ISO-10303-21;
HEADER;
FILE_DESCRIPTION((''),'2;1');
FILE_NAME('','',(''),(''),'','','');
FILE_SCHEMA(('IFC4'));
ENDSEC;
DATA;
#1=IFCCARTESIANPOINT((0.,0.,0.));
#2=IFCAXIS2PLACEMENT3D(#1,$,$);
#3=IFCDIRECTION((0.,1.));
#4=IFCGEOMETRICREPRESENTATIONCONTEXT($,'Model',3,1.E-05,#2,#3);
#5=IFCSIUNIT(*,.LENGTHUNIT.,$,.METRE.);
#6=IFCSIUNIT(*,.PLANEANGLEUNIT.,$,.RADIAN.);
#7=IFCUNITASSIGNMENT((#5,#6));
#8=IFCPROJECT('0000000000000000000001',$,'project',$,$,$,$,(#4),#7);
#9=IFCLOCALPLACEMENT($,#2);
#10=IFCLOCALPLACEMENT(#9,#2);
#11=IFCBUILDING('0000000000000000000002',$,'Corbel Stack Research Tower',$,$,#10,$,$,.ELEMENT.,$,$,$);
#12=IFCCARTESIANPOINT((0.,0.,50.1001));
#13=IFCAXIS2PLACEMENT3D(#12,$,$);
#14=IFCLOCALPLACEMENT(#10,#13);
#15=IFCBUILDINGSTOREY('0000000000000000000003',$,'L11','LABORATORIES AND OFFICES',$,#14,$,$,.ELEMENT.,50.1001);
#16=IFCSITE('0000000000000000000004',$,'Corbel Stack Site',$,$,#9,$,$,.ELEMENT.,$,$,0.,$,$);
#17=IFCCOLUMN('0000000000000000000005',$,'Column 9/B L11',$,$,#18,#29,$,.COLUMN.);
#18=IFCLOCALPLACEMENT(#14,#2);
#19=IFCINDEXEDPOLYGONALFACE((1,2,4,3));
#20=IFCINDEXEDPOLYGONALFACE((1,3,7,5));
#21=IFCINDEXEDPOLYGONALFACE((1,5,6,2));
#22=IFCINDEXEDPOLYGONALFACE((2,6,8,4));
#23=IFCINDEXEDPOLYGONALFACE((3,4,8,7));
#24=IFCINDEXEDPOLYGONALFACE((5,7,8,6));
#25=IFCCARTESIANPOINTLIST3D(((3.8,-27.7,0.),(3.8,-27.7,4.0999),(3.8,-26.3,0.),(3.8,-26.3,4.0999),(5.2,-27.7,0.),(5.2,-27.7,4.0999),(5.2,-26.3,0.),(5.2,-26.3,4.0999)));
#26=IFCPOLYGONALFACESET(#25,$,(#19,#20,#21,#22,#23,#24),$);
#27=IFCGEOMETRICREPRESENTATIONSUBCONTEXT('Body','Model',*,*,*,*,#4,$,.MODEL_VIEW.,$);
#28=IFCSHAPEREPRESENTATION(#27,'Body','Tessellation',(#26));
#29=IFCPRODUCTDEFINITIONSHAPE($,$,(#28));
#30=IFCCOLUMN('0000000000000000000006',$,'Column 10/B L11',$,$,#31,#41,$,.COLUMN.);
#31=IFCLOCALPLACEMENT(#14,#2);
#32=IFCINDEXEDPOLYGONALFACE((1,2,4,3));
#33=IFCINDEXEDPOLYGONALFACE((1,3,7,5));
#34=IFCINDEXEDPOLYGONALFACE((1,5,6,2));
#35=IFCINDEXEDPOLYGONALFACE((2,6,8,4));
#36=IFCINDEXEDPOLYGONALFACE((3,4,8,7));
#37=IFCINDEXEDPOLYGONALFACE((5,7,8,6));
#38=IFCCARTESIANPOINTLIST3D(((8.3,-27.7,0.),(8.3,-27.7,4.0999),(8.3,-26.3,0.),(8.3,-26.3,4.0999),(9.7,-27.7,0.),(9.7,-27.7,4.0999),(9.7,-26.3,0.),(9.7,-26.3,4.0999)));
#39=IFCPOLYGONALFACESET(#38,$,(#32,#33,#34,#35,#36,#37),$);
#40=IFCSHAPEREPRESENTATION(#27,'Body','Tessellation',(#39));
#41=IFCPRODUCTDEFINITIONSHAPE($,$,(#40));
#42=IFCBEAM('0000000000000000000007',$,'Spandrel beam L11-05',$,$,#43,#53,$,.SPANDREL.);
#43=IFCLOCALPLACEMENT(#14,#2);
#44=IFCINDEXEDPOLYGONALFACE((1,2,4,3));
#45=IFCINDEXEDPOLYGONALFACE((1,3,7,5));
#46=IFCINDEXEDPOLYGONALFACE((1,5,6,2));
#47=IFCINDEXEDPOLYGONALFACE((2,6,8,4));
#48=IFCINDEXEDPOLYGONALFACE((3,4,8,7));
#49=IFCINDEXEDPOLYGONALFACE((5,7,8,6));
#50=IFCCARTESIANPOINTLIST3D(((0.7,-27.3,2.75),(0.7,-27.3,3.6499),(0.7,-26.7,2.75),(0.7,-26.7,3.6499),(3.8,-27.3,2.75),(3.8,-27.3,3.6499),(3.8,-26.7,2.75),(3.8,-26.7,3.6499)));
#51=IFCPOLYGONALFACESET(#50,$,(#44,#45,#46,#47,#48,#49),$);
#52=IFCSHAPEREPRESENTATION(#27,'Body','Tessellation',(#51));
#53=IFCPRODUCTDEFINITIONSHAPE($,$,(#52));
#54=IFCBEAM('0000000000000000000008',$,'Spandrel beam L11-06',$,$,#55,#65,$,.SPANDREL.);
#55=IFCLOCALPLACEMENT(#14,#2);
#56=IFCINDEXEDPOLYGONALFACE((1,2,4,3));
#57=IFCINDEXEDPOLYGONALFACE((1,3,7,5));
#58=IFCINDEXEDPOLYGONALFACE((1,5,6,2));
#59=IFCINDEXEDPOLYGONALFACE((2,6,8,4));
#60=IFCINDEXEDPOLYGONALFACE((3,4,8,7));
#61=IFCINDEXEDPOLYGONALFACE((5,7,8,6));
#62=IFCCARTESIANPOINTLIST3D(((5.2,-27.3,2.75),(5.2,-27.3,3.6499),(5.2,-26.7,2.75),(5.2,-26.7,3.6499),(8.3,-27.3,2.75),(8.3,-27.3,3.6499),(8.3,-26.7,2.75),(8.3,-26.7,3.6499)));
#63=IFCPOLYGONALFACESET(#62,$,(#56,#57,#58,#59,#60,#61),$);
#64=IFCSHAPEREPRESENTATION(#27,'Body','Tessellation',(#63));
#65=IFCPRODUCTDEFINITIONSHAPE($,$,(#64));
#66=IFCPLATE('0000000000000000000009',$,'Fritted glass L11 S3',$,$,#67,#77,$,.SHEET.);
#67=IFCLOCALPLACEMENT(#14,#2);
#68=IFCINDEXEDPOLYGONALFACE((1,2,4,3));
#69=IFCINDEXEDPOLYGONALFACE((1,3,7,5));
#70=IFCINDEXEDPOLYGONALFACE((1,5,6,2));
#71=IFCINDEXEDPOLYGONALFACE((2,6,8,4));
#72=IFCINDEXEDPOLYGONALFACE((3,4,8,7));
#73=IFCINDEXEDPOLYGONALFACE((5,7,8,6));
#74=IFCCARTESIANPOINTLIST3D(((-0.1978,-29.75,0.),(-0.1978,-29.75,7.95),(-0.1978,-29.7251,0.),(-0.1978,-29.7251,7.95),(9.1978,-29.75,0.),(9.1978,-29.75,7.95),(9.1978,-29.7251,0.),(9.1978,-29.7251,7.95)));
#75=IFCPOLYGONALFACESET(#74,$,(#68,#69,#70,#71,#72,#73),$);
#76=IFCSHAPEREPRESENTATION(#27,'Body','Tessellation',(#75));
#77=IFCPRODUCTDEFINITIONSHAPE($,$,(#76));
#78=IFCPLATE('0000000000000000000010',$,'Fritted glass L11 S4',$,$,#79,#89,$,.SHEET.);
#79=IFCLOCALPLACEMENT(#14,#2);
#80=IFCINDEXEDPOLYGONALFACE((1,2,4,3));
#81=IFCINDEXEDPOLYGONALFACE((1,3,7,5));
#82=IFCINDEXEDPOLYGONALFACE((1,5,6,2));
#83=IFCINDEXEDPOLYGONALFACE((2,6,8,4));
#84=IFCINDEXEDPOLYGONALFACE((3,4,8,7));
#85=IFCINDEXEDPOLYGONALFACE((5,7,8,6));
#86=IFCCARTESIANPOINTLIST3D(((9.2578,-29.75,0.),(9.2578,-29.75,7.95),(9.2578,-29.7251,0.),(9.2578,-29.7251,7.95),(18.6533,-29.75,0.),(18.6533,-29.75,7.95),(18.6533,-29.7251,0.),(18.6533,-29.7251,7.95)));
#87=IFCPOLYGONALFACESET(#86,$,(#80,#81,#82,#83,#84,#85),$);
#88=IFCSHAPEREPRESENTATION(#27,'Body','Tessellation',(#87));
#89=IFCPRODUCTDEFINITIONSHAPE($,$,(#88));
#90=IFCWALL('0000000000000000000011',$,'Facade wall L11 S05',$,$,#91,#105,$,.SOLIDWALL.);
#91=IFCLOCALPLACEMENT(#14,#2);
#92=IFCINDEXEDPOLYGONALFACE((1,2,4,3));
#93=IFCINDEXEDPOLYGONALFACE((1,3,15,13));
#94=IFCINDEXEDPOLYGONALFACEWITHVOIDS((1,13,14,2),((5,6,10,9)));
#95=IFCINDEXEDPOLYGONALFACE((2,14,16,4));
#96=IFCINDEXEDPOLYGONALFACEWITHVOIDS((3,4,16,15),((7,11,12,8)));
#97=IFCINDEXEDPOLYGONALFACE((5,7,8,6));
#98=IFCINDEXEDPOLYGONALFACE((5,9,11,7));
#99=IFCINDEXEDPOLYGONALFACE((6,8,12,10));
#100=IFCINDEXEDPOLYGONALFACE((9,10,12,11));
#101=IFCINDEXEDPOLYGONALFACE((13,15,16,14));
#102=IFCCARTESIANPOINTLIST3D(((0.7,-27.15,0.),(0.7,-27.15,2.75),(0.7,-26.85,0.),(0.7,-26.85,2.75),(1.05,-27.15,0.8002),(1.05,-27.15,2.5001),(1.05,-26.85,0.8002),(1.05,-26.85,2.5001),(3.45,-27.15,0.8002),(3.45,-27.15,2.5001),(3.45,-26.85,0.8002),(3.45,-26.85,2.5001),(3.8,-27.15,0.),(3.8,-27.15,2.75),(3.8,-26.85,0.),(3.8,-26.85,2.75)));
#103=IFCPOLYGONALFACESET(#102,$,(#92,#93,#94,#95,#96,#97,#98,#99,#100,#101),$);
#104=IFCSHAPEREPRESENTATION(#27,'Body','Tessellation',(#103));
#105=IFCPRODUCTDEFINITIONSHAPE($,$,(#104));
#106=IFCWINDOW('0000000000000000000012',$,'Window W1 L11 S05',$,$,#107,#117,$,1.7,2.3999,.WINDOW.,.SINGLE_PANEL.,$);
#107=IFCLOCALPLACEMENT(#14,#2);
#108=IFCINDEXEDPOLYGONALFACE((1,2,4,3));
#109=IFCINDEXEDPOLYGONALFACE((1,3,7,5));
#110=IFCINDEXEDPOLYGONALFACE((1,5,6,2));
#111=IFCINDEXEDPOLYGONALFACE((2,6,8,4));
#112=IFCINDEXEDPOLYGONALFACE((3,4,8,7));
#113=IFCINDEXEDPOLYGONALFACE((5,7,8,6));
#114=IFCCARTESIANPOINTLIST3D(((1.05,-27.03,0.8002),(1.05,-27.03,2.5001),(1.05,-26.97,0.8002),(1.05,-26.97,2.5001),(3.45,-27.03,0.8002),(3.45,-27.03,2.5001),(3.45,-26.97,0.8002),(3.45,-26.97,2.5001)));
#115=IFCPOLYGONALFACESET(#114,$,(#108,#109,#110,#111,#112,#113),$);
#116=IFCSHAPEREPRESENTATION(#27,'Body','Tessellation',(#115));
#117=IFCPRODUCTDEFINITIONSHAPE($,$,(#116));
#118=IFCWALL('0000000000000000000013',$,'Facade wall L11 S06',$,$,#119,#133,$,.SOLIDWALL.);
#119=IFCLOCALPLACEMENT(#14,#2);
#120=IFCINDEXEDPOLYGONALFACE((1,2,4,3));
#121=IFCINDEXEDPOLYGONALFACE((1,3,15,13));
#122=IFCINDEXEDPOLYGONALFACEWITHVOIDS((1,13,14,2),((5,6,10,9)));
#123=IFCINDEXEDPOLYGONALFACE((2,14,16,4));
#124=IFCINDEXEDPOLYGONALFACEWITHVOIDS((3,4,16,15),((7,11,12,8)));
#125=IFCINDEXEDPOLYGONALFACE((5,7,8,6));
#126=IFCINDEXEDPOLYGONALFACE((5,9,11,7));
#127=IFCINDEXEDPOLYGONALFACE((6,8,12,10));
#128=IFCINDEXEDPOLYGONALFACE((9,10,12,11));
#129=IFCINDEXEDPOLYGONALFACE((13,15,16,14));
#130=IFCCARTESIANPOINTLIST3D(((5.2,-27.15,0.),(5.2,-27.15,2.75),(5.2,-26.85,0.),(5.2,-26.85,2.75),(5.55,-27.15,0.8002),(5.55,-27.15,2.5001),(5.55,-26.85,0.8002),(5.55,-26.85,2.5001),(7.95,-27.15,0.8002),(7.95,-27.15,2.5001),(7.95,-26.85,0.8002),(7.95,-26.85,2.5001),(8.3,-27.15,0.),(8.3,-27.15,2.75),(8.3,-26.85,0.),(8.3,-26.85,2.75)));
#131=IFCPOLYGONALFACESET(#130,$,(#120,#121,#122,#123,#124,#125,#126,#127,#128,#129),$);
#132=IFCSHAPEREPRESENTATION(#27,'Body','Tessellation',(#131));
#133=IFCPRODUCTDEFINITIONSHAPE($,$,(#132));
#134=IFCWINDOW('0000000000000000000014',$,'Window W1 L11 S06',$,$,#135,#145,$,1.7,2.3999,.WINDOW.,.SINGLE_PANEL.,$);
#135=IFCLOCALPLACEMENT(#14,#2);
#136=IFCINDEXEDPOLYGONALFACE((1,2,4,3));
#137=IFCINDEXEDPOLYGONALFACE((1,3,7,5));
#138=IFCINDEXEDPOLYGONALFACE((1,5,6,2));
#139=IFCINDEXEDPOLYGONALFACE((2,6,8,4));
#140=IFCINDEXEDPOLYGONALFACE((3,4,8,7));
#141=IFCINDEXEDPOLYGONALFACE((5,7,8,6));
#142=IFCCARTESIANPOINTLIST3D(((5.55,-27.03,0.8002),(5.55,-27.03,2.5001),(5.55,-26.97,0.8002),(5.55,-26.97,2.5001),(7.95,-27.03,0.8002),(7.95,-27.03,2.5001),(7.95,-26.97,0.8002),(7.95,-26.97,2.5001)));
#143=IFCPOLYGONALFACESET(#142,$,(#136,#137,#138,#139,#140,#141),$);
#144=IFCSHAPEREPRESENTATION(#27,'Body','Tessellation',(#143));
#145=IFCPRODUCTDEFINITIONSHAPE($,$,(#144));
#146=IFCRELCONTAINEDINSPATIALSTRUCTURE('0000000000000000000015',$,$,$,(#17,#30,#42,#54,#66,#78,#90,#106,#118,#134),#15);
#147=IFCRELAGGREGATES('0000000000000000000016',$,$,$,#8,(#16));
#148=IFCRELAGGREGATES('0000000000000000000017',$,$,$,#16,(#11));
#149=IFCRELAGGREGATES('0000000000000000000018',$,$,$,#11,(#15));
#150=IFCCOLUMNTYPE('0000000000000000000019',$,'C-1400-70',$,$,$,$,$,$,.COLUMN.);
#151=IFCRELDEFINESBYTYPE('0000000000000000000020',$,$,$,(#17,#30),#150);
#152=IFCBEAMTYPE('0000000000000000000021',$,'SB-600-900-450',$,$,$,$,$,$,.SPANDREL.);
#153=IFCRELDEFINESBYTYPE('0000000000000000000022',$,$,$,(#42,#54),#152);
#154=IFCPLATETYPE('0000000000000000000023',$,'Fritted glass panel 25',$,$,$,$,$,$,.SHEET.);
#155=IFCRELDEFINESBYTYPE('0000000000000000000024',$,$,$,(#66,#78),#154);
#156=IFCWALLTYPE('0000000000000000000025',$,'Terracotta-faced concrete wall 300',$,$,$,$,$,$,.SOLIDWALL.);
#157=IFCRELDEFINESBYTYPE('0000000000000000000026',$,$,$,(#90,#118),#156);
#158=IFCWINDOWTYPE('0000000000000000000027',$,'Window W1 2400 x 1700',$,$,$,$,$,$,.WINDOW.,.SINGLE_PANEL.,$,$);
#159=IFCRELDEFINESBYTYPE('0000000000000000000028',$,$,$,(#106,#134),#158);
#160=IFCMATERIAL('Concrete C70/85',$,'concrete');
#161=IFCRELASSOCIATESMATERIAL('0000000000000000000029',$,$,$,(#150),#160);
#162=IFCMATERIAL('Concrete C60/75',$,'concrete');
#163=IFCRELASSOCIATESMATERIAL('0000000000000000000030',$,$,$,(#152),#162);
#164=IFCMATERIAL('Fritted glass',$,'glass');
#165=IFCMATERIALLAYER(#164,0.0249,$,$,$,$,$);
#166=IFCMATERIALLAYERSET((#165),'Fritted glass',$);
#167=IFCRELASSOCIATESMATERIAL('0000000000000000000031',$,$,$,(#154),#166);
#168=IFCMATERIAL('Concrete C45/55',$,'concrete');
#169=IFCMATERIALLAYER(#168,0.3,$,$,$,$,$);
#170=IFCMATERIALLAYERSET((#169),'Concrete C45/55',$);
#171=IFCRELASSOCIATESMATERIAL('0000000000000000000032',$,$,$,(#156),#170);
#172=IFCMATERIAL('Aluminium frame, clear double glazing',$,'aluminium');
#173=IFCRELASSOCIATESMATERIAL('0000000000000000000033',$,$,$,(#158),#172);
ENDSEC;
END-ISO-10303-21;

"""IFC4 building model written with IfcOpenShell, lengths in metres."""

from ifc_helpers import new_model, si_unit, direction, frame, frame_2d, origin, origin_2d, place, context, subcontext, project, spatial, rectangle, extrude, material, layer, layer_set, material_profile, profile_set, type_object, element, fill, save


model = new_model("IFC4")

# Units and contexts
model_context = context("Model", 3, precision=1e-05, world=origin(), true_north=direction((0.0, 1.0)))
body_context = subcontext(model_context, "Body", "Model", "MODEL_VIEW")
ifc_project = project(units=[si_unit("LENGTHUNIT", "METRE"), si_unit("PLANEANGLEUNIT", "RADIAN")], contexts=[model_context])

# Site, building, storey
site_placement = place(None, origin())
site = spatial("IfcSite", under=ifc_project, at=site_placement, Name="Corbel Stack Site", CompositionType="ELEMENT", RefElevation=0.0)
building_placement = place(site_placement, origin())
building = spatial("IfcBuilding", under=site, at=building_placement, Name="Corbel Stack Research Tower", CompositionType="ELEMENT")
storey_placement = place(building_placement, frame((0.0, 0.0, 50.1001)))
storey = spatial("IfcBuildingStorey", under=building, at=storey_placement, Name="L11", Description="LABORATORIES AND OFFICES", CompositionType="ELEMENT", Elevation=50.1001)

# Columns
ifc_material_1 = material(Name="Concrete C70/85", Category="concrete")
ifc_material_profile_1 = material_profile(ifc_material_1, rectangle(XDim=1.3999, YDim=1.3999, at=origin_2d()), Name="RC 1400 x 1400")
ifc_profile_set_1 = profile_set([ifc_material_profile_1], Name="Concrete C70/85")
column_type = type_object("IfcColumnType", Name="C-1400-70", PredefinedType="COLUMN", material=ifc_profile_set_1)
for number, where, z_axis, x_axis, name in (
    (1, (4.5, -27.0, 0.0), (0.0, 0.0, 1.0), (1.0, 0.0, 0.0), "Column 9/B L11"),
    (2, (9.0, -27.0, 0.0), (0.0, 0.0, 1.0), (1.0, 0.0, 0.0), "Column 10/B L11"),
):
    element("IfcColumn", number, at=place(storey_placement, frame(where, z_axis=z_axis, x_axis=x_axis)), inside=storey, type_object=column_type, Name=name, PredefinedType="COLUMN", context=body_context, shape_type="SweptSolid", body=[
        extrude(rectangle(XDim=1.3999, YDim=1.3999, at=origin_2d()), origin(), (0.0, 0.0, 1.0), 4.0999),
    ])

# Beams
ifc_material_2 = material(Name="Concrete C60/75", Category="concrete")
ifc_material_profile_2 = material_profile(ifc_material_2, rectangle(XDim=0.6001, YDim=0.8999, at=origin_2d()), Name="RC 600 x 900")
ifc_profile_set_2 = profile_set([ifc_material_profile_2], Name="Concrete C60/75")
beam_type = type_object("IfcBeamType", Name="SB-600-900-450", PredefinedType="SPANDREL", material=ifc_profile_set_2)
for number, where, z_axis, x_axis, name in (
    (3, (0.7, -27.0, 3.2), (1.0, 0.0, 0.0), (0.0, 1.0, 0.0), "Spandrel beam L11-05"),
    (4, (5.2, -27.0, 3.2), (1.0, 0.0, 0.0), (0.0, 1.0, 0.0), "Spandrel beam L11-06"),
):
    element("IfcBeam", number, at=place(storey_placement, frame(where, z_axis=z_axis, x_axis=x_axis)), inside=storey, type_object=beam_type, Name=name, PredefinedType="SPANDREL", context=body_context, shape_type="SweptSolid", body=[
        extrude(rectangle(XDim=0.6001, YDim=0.8999, at=origin_2d()), origin(), (0.0, 0.0, 1.0), 3.1001),
    ])

# Plates
ifc_material_3 = material(Name="Fritted glass", Category="glass")
ifc_layer_1 = layer(ifc_material_3, 0.0249)
ifc_layer_set_1 = layer_set([ifc_layer_1], Name="Fritted glass")
plate_type = type_object("IfcPlateType", Name="Fritted glass panel 25", PredefinedType="SHEET", material=ifc_layer_set_1)
for number, where, z_axis, x_axis, name in (
    (5, (4.5, -29.7375, 0.0), (0.0, 0.0, 1.0), (1.0, 0.0, 0.0), "Fritted glass L11 S3"),
    (6, (13.9556, -29.7375, 0.0), (0.0, 0.0, 1.0), (1.0, 0.0, 0.0), "Fritted glass L11 S4"),
):
    element("IfcPlate", number, at=place(storey_placement, frame(where, z_axis=z_axis, x_axis=x_axis)), inside=storey, type_object=plate_type, Name=name, PredefinedType="SHEET", context=body_context, shape_type="SweptSolid", body=[
        extrude(rectangle(XDim=9.3955, YDim=0.0249, at=origin_2d()), origin(), (0.0, 0.0, 1.0), 7.95),
    ])

# Walls, openings, windows
ifc_material_4 = material(Name="Concrete C45/55", Category="concrete")
ifc_layer_2 = layer(ifc_material_4, 0.3)
ifc_layer_set_2 = layer_set([ifc_layer_2], Name="Concrete C45/55")
wall_type = type_object("IfcWallType", Name="Terracotta-faced concrete wall 300", PredefinedType="SOLIDWALL", material=ifc_layer_set_2)
wall_1_placement = place(storey_placement, frame((3.8, -27.0, 0.0), z_axis=(0.0, 0.0, 1.0), x_axis=(-1.0, 0.0, 0.0)))
wall_1 = element("IfcWall", 7, at=wall_1_placement, inside=storey, type_object=wall_type, Name="Facade wall L11 S05", PredefinedType="SOLIDWALL", context=body_context, shape_type="SweptSolid", body=[
    extrude(rectangle(XDim=3.1001, YDim=0.3, at=frame_2d((1.55, 0.0))), origin(), (0.0, 0.0, 1.0), 2.75),
])
opening_1_placement = place(wall_1_placement, frame((0.3501, 0.0, 0.8)))
opening_1 = element("IfcOpeningElement", 8, at=opening_1_placement, cuts=wall_1, PredefinedType="OPENING", context=body_context, shape_type="SweptSolid", body=[
    extrude(rectangle(XDim=2.3999, YDim=1.7, at=frame_2d((1.2, 0.8501))), frame((0.0, 0.1599, 0.0), z_axis=(0.0, -1.0, 0.0), x_axis=(1.0, 0.0, 0.0)), (0.0, 0.0, 1.0), 0.3201),
])
ifc_material_5 = material(Name="Aluminium frame, clear double glazing", Category="aluminium")
window_type = type_object("IfcWindowType", Name="Window W1 2400 x 1700", PartitioningType="SINGLE_PANEL", PredefinedType="WINDOW", material=ifc_material_5)
window_1_placement = place(opening_1_placement, origin())
window_1 = element("IfcWindow", 9, at=window_1_placement, inside=storey, type_object=window_type, Name="Window W1 L11 S05", OverallHeight=1.7, OverallWidth=2.3999, PartitioningType="SINGLE_PANEL", PredefinedType="WINDOW", context=body_context, shape_type="SweptSolid", body=[
    extrude(rectangle(XDim=2.3999, YDim=1.7, at=frame_2d((1.2, 0.8501))), frame((0.0, 0.03, 0.0), z_axis=(0.0, -1.0, 0.0), x_axis=(1.0, 0.0, 0.0)), (0.0, 0.0, 1.0), 0.0601),
])
fill(opening_1, window_1)
wall_2_placement = place(storey_placement, frame((8.3, -27.0, 0.0), z_axis=(0.0, 0.0, 1.0), x_axis=(-1.0, 0.0, 0.0)))
wall_2 = element("IfcWall", 10, at=wall_2_placement, inside=storey, type_object=wall_type, Name="Facade wall L11 S06", PredefinedType="SOLIDWALL", context=body_context, shape_type="SweptSolid", body=[
    extrude(rectangle(XDim=3.1001, YDim=0.3, at=frame_2d((1.55, 0.0))), origin(), (0.0, 0.0, 1.0), 2.75),
])
opening_2_placement = place(wall_2_placement, frame((0.3501, 0.0, 0.8)))
opening_2 = element("IfcOpeningElement", 11, at=opening_2_placement, cuts=wall_2, PredefinedType="OPENING", context=body_context, shape_type="SweptSolid", body=[
    extrude(rectangle(XDim=2.3999, YDim=1.7, at=frame_2d((1.2, 0.8501))), frame((0.0, 0.1599, 0.0), z_axis=(0.0, -1.0, 0.0), x_axis=(1.0, 0.0, 0.0)), (0.0, 0.0, 1.0), 0.3201),
])
window_2_placement = place(opening_2_placement, origin())
window_2 = element("IfcWindow", 12, at=window_2_placement, inside=storey, type_object=window_type, Name="Window W1 L11 S06", OverallHeight=1.7, OverallWidth=2.3999, PartitioningType="SINGLE_PANEL", PredefinedType="WINDOW", context=body_context, shape_type="SweptSolid", body=[
    extrude(rectangle(XDim=2.3999, YDim=1.7, at=frame_2d((1.2, 0.8501))), frame((0.0, 0.03, 0.0), z_axis=(0.0, -1.0, 0.0), x_axis=(1.0, 0.0, 0.0)), (0.0, 0.0, 1.0), 0.0601),
])
fill(opening_2, window_2)

save(model, "model.ifc")
